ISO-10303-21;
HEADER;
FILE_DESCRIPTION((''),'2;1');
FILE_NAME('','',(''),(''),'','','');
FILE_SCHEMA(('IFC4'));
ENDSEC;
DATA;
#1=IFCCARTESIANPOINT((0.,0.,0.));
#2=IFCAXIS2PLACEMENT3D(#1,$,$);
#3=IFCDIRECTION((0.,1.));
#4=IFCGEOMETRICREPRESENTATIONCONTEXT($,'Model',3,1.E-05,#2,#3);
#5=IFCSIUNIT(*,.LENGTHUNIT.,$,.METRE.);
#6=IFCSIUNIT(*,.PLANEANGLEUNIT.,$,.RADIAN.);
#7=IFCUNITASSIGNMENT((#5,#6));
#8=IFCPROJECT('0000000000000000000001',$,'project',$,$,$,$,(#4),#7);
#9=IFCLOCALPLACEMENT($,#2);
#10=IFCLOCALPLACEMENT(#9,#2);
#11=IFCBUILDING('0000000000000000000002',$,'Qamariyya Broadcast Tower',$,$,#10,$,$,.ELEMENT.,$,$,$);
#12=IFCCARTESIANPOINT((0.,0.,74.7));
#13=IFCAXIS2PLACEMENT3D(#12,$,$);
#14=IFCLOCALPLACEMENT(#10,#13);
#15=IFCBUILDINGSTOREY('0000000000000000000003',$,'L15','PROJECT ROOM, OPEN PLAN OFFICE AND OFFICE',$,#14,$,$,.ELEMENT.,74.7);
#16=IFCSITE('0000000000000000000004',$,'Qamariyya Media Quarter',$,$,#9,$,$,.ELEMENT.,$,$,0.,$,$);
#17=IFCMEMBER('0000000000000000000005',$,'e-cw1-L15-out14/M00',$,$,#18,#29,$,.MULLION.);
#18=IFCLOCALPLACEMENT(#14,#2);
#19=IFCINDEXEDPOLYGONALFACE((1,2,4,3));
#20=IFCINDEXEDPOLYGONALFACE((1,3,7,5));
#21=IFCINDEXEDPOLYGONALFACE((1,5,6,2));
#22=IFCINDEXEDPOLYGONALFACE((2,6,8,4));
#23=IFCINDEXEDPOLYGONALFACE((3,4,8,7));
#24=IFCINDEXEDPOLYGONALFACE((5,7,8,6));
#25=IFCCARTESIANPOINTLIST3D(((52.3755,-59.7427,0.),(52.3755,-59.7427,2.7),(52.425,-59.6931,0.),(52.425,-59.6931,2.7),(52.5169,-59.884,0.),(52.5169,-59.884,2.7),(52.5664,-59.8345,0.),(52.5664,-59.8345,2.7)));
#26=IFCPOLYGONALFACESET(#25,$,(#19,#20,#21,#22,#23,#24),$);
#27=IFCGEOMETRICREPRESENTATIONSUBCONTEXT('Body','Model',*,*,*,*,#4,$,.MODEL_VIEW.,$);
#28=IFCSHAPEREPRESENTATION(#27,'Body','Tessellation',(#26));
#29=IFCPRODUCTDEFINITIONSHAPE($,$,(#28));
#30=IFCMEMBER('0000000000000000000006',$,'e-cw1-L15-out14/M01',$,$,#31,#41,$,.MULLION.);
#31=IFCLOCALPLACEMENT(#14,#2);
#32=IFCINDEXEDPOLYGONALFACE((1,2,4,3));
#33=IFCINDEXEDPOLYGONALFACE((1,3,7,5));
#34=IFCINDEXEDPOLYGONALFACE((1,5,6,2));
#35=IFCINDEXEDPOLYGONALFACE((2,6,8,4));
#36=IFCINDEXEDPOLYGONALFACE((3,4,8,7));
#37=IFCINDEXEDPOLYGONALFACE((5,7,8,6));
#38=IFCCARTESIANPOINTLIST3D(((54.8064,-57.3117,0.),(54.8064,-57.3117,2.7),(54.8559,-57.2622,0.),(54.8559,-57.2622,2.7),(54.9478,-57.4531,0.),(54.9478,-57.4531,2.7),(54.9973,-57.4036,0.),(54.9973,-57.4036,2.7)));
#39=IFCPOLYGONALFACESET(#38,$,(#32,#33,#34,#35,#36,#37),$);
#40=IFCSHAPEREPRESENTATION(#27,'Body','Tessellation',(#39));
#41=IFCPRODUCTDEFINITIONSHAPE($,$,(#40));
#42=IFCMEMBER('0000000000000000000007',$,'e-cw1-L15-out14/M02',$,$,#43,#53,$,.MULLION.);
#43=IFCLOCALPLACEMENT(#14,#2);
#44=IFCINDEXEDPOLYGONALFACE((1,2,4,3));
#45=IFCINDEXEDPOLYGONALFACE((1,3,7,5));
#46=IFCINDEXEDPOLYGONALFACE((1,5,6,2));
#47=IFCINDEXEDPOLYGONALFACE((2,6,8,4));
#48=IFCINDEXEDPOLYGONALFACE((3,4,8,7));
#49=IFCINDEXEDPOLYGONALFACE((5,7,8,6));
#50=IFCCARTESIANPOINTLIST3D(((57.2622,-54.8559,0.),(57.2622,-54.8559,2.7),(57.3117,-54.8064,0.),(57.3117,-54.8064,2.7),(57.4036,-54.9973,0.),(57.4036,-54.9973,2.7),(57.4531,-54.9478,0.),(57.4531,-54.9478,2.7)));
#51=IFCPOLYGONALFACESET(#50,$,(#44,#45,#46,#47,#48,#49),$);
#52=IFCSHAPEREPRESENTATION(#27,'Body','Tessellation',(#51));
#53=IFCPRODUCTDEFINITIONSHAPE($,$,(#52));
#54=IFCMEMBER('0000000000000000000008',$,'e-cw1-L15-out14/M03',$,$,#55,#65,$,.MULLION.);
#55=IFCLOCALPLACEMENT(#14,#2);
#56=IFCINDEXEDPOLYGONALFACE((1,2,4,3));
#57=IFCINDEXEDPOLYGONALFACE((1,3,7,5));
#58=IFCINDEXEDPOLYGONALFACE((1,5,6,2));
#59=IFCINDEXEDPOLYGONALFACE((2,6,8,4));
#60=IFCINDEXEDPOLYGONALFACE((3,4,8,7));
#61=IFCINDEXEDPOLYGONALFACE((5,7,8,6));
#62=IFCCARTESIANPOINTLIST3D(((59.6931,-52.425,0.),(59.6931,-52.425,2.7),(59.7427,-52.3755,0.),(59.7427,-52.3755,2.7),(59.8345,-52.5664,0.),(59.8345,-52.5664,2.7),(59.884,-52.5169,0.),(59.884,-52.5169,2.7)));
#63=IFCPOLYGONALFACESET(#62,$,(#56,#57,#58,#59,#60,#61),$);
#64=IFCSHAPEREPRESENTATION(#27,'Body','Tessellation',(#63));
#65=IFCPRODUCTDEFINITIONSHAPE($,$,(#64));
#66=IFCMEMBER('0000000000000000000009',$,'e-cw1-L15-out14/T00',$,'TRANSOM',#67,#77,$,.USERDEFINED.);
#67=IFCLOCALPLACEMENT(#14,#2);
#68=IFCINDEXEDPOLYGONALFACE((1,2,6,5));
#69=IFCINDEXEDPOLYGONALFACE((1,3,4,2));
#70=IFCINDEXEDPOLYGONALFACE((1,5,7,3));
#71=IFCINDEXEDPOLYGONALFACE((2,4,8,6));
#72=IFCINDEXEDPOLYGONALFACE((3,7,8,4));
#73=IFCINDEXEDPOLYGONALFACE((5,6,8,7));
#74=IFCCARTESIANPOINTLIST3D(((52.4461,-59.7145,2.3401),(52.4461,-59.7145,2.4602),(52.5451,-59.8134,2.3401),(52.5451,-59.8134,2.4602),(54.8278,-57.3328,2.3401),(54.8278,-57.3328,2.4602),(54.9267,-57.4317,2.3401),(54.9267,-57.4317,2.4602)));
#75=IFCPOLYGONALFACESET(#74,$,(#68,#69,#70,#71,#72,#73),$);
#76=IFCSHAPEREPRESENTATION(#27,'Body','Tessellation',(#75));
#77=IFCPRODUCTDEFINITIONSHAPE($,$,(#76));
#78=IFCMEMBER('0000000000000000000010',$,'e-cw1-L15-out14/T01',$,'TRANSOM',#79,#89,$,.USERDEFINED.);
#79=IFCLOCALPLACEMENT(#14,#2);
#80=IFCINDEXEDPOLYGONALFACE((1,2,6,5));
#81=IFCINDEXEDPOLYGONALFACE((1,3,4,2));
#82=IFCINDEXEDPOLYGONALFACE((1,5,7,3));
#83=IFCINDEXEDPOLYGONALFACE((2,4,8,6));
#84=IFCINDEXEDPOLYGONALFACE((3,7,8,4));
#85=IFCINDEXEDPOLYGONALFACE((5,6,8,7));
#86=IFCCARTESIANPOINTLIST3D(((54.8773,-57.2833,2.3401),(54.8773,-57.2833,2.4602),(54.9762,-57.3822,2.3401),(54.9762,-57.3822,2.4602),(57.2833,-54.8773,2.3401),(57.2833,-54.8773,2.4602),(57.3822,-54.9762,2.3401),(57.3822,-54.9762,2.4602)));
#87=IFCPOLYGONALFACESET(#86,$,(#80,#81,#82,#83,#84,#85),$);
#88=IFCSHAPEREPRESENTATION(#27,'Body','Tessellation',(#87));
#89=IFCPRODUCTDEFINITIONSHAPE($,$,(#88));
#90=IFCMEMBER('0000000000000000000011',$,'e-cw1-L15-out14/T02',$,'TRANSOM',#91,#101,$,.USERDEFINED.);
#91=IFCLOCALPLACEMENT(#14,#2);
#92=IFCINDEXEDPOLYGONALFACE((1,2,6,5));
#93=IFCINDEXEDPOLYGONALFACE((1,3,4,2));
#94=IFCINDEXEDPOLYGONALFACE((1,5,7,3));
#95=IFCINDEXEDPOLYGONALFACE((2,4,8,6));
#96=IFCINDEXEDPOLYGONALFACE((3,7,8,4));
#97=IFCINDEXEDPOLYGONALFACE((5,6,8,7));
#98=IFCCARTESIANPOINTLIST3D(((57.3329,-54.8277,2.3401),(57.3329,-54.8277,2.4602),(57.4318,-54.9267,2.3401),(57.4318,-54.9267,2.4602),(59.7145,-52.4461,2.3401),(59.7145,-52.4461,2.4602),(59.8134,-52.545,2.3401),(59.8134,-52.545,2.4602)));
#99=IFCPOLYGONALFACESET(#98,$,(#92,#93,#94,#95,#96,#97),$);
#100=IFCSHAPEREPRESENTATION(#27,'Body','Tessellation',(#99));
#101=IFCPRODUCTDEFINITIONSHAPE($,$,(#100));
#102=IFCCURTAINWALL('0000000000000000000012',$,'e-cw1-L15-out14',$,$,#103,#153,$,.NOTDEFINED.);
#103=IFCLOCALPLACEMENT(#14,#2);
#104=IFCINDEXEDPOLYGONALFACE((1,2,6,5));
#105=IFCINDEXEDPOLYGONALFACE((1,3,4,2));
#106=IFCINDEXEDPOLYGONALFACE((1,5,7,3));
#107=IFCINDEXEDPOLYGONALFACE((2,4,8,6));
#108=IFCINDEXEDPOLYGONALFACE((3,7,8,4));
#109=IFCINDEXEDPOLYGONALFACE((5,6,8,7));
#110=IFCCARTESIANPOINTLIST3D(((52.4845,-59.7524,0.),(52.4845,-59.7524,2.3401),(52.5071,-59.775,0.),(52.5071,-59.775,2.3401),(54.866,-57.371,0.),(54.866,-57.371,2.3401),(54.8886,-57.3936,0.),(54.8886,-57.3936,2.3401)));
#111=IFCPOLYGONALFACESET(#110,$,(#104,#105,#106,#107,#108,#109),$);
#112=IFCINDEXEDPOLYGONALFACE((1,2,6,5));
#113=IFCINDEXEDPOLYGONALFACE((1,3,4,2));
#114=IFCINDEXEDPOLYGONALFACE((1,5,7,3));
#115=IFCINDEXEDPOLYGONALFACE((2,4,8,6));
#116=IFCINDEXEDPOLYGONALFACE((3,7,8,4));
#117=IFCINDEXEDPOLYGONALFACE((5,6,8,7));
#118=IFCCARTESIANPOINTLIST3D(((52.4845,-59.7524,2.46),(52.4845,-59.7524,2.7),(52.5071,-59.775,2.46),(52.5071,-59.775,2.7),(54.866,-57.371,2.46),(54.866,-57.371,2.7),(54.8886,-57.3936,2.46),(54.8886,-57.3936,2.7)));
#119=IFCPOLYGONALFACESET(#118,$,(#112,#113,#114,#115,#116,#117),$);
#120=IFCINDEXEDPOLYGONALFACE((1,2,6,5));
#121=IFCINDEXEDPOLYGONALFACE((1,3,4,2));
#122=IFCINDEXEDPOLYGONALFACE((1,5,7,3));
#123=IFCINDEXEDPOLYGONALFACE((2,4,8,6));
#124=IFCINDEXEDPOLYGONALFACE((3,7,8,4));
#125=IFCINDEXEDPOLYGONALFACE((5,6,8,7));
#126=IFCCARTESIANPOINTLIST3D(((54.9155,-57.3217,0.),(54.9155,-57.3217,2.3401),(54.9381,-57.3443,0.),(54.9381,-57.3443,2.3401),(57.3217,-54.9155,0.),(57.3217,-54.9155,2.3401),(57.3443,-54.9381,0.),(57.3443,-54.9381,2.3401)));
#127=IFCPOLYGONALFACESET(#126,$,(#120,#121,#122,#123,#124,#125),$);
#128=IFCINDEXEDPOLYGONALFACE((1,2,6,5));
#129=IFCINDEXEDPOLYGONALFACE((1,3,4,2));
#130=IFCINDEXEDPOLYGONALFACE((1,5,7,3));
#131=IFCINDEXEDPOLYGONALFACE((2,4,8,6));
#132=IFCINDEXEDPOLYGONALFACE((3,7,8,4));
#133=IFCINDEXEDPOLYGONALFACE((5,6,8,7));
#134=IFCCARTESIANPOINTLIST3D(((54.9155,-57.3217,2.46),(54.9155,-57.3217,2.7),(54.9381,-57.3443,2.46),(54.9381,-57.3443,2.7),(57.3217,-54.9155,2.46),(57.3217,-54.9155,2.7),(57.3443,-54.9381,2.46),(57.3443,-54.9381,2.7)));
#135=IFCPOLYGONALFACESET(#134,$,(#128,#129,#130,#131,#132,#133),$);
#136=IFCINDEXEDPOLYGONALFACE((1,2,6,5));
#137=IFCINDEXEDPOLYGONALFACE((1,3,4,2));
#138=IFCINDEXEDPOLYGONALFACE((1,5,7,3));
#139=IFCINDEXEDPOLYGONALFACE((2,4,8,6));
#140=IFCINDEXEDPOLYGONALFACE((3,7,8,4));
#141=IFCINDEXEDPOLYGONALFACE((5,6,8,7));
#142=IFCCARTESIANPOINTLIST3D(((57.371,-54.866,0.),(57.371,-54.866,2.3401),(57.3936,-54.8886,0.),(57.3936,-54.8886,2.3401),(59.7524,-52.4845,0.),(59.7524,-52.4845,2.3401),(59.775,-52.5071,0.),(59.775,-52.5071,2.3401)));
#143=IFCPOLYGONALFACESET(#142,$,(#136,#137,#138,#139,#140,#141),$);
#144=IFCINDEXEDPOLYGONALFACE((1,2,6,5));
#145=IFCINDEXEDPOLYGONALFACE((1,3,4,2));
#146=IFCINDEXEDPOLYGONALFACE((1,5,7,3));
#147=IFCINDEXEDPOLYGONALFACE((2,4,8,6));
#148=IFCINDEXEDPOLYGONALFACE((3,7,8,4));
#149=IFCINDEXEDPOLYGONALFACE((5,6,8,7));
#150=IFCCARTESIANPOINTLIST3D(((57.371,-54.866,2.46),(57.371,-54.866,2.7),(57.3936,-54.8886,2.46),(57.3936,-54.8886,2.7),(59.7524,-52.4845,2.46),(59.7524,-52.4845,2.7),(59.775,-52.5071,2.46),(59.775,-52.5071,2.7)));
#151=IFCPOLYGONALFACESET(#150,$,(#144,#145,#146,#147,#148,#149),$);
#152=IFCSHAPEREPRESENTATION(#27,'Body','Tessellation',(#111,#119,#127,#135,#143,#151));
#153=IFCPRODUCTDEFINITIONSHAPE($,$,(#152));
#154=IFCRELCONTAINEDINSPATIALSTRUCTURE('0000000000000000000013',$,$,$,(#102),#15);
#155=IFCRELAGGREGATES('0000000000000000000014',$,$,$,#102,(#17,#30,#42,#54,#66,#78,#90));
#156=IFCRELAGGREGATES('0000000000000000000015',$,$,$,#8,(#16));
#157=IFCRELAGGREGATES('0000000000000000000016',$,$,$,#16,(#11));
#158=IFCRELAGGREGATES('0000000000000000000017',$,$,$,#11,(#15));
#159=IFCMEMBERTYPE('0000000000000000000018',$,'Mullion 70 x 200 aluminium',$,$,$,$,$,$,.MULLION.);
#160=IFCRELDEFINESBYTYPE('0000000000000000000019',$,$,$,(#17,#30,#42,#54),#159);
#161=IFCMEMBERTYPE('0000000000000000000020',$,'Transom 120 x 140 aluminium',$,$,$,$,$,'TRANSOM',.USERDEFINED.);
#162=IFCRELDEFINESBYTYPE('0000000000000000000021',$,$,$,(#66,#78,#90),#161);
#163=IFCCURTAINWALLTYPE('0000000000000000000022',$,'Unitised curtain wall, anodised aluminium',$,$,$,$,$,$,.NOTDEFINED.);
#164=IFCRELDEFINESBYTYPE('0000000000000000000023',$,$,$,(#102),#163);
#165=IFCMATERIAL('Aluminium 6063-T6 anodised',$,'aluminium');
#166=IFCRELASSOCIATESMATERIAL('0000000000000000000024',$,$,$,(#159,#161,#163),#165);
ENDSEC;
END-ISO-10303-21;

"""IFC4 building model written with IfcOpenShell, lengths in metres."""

from ifc_helpers import new_model, si_unit, direction, frame, origin, origin_2d, place, context, subcontext, project, spatial, rectangle, extrude, material, material_profile, profile_set, type_object, element, aggregate, save


model = new_model("IFC4")

# Units and contexts
model_context = context("Model", 3, precision=1e-05, world=origin(), true_north=direction((0.0, 1.0)))
body_context = subcontext(model_context, "Body", "Model", "MODEL_VIEW")
ifc_project = project(units=[si_unit("LENGTHUNIT", "METRE"), si_unit("PLANEANGLEUNIT", "RADIAN")], contexts=[model_context])

# Members
ifc_material = material(Name="Aluminium 6063-T6 anodised", Category="aluminium")
ifc_material_profile_1 = material_profile(ifc_material, rectangle(XDim=0.2, YDim=0.0701, at=origin_2d()))
ifc_profile_set_1 = profile_set([ifc_material_profile_1], Name="Aluminium 6063-T6 anodised")
member_type_1 = type_object("IfcMemberType", Name="Mullion 70 x 200 aluminium", PredefinedType="MULLION", material=ifc_profile_set_1)
site_placement = place(None, origin())
building_placement = place(site_placement, origin())
storey_placement = place(building_placement, frame((0.0, 0.0, 74.7)))
member_1_placement = place(storey_placement, frame((52.4709, -59.7886, 0.0), z_axis=(0.0, 0.0, 1.0), x_axis=(-0.707107, 0.707107, 0.0)))
member_1 = element("IfcMember", 1, at=member_1_placement, type_object=member_type_1, Name="e-cw1-L15-out14/M00", PredefinedType="MULLION", context=body_context, shape_type="SweptSolid", body=[
    extrude(rectangle(XDim=0.2, YDim=0.0701, at=origin_2d()), origin(), (0.0, 0.0, 1.0), 2.7),
])
member_2_placement = place(storey_placement, frame((54.9019, -57.3577, 0.0), z_axis=(0.0, 0.0, 1.0), x_axis=(-0.707107, 0.707107, 0.0)))
member_2 = element("IfcMember", 2, at=member_2_placement, type_object=member_type_1, Name="e-cw1-L15-out14/M01", PredefinedType="MULLION", context=body_context, shape_type="SweptSolid", body=[
    extrude(rectangle(XDim=0.2, YDim=0.0701, at=origin_2d()), origin(), (0.0, 0.0, 1.0), 2.7),
])
member_3_placement = place(storey_placement, frame((57.3577, -54.9019, 0.0), z_axis=(0.0, 0.0, 1.0), x_axis=(-0.707107, 0.707107, 0.0)))
member_3 = element("IfcMember", 3, at=member_3_placement, type_object=member_type_1, Name="e-cw1-L15-out14/M02", PredefinedType="MULLION", context=body_context, shape_type="SweptSolid", body=[
    extrude(rectangle(XDim=0.2, YDim=0.0701, at=origin_2d()), origin(), (0.0, 0.0, 1.0), 2.7),
])
member_4_placement = place(storey_placement, frame((59.7886, -52.4709, 0.0), z_axis=(0.0, 0.0, 1.0), x_axis=(-0.707107, 0.707107, 0.0)))
member_4 = element("IfcMember", 4, at=member_4_placement, type_object=member_type_1, Name="e-cw1-L15-out14/M03", PredefinedType="MULLION", context=body_context, shape_type="SweptSolid", body=[
    extrude(rectangle(XDim=0.2, YDim=0.0701, at=origin_2d()), origin(), (0.0, 0.0, 1.0), 2.7),
])
ifc_material_profile_2 = material_profile(ifc_material, rectangle(XDim=0.1399, YDim=0.1201, at=origin_2d()))
ifc_profile_set_2 = profile_set([ifc_material_profile_2], Name="Aluminium 6063-T6 anodised")
member_type_2 = type_object("IfcMemberType", Name="Transom 120 x 140 aluminium", ElementType="TRANSOM", PredefinedType="USERDEFINED", material=ifc_profile_set_2)
member_5_placement = place(storey_placement, frame((52.4956, -59.7639, 2.4001), z_axis=(0.707107, 0.707107, 0.0), x_axis=(-0.707107, 0.707107, 0.0)))
member_5 = element("IfcMember", 5, at=member_5_placement, type_object=member_type_2, Name="e-cw1-L15-out14/T00", ObjectType="TRANSOM", PredefinedType="USERDEFINED", context=body_context, shape_type="SweptSolid", body=[
    extrude(rectangle(XDim=0.1399, YDim=0.1201, at=origin_2d()), origin(), (0.0, 0.0, 1.0), 3.3682),
])
member_6_placement = place(storey_placement, frame((54.9268, -57.3328, 2.4001), z_axis=(0.707107, 0.707107, 0.0), x_axis=(-0.707107, 0.707107, 0.0)))
member_6 = element("IfcMember", 6, at=member_6_placement, type_object=member_type_2, Name="e-cw1-L15-out14/T01", ObjectType="TRANSOM", PredefinedType="USERDEFINED", context=body_context, shape_type="SweptSolid", body=[
    extrude(rectangle(XDim=0.1399, YDim=0.1201, at=origin_2d()), origin(), (0.0, 0.0, 1.0), 3.4026),
])
member_7_placement = place(storey_placement, frame((57.3823, -54.8772, 2.4001), z_axis=(0.707107, 0.707107, 0.0), x_axis=(-0.707107, 0.707107, 0.0)))
member_7 = element("IfcMember", 7, at=member_7_placement, type_object=member_type_2, Name="e-cw1-L15-out14/T02", ObjectType="TRANSOM", PredefinedType="USERDEFINED", context=body_context, shape_type="SweptSolid", body=[
    extrude(rectangle(XDim=0.1399, YDim=0.1201, at=origin_2d()), origin(), (0.0, 0.0, 1.0), 3.3682),
])

# Site, building, storey
site = spatial("IfcSite", under=ifc_project, at=site_placement, Name="Qamariyya Media Quarter", CompositionType="ELEMENT", RefElevation=0.0)
building = spatial("IfcBuilding", under=site, at=building_placement, Name="Qamariyya Broadcast Tower", CompositionType="ELEMENT")
storey = spatial("IfcBuildingStorey", under=building, at=storey_placement, Name="L15", Description="PROJECT ROOM, OPEN PLAN OFFICE AND OFFICE", CompositionType="ELEMENT", Elevation=74.7)

# Curtain wall
curtain_wall_type = type_object("IfcCurtainWallType", Name="Unitised curtain wall, anodised aluminium", PredefinedType="NOTDEFINED", material=ifc_material)
curtain_wall_1_placement = place(storey_placement, origin())
curtain_wall_1 = element("IfcCurtainWall", 8, at=curtain_wall_1_placement, inside=storey, type_object=curtain_wall_type, Name="e-cw1-L15-out14", PredefinedType="NOTDEFINED", context=body_context, shape_type="SweptSolid", body=[
    extrude(rectangle(XDim=3.3679, YDim=0.032, at=origin_2d()), frame((53.6865, -58.573, 0.0), x_axis=(0.707107, 0.707107, 0.0)), (0.0, 0.0, 1.0), 2.3401),
    extrude(rectangle(XDim=3.3679, YDim=0.032, at=origin_2d()), frame((53.6865, -58.573, 2.46), x_axis=(0.707107, 0.707107, 0.0)), (0.0, 0.0, 1.0), 0.24),
    extrude(rectangle(XDim=3.4028, YDim=0.032, at=origin_2d()), frame((56.1299, -56.1299, 0.0), x_axis=(0.707107, 0.707107, 0.0)), (0.0, 0.0, 1.0), 2.3401),
    extrude(rectangle(XDim=3.4028, YDim=0.032, at=origin_2d()), frame((56.1299, -56.1299, 2.46), x_axis=(0.707107, 0.707107, 0.0)), (0.0, 0.0, 1.0), 0.24),
    extrude(rectangle(XDim=3.3679, YDim=0.032, at=origin_2d()), frame((58.573, -53.6865, 0.0), x_axis=(0.707107, 0.707107, 0.0)), (0.0, 0.0, 1.0), 2.3401),
    extrude(rectangle(XDim=3.3679, YDim=0.032, at=origin_2d()), frame((58.573, -53.6865, 2.46), x_axis=(0.707107, 0.707107, 0.0)), (0.0, 0.0, 1.0), 0.24),
])
aggregate(curtain_wall_1, [member_1, member_2, member_3, member_4, member_5, member_6, member_7])

save(model, "model.ifc")
